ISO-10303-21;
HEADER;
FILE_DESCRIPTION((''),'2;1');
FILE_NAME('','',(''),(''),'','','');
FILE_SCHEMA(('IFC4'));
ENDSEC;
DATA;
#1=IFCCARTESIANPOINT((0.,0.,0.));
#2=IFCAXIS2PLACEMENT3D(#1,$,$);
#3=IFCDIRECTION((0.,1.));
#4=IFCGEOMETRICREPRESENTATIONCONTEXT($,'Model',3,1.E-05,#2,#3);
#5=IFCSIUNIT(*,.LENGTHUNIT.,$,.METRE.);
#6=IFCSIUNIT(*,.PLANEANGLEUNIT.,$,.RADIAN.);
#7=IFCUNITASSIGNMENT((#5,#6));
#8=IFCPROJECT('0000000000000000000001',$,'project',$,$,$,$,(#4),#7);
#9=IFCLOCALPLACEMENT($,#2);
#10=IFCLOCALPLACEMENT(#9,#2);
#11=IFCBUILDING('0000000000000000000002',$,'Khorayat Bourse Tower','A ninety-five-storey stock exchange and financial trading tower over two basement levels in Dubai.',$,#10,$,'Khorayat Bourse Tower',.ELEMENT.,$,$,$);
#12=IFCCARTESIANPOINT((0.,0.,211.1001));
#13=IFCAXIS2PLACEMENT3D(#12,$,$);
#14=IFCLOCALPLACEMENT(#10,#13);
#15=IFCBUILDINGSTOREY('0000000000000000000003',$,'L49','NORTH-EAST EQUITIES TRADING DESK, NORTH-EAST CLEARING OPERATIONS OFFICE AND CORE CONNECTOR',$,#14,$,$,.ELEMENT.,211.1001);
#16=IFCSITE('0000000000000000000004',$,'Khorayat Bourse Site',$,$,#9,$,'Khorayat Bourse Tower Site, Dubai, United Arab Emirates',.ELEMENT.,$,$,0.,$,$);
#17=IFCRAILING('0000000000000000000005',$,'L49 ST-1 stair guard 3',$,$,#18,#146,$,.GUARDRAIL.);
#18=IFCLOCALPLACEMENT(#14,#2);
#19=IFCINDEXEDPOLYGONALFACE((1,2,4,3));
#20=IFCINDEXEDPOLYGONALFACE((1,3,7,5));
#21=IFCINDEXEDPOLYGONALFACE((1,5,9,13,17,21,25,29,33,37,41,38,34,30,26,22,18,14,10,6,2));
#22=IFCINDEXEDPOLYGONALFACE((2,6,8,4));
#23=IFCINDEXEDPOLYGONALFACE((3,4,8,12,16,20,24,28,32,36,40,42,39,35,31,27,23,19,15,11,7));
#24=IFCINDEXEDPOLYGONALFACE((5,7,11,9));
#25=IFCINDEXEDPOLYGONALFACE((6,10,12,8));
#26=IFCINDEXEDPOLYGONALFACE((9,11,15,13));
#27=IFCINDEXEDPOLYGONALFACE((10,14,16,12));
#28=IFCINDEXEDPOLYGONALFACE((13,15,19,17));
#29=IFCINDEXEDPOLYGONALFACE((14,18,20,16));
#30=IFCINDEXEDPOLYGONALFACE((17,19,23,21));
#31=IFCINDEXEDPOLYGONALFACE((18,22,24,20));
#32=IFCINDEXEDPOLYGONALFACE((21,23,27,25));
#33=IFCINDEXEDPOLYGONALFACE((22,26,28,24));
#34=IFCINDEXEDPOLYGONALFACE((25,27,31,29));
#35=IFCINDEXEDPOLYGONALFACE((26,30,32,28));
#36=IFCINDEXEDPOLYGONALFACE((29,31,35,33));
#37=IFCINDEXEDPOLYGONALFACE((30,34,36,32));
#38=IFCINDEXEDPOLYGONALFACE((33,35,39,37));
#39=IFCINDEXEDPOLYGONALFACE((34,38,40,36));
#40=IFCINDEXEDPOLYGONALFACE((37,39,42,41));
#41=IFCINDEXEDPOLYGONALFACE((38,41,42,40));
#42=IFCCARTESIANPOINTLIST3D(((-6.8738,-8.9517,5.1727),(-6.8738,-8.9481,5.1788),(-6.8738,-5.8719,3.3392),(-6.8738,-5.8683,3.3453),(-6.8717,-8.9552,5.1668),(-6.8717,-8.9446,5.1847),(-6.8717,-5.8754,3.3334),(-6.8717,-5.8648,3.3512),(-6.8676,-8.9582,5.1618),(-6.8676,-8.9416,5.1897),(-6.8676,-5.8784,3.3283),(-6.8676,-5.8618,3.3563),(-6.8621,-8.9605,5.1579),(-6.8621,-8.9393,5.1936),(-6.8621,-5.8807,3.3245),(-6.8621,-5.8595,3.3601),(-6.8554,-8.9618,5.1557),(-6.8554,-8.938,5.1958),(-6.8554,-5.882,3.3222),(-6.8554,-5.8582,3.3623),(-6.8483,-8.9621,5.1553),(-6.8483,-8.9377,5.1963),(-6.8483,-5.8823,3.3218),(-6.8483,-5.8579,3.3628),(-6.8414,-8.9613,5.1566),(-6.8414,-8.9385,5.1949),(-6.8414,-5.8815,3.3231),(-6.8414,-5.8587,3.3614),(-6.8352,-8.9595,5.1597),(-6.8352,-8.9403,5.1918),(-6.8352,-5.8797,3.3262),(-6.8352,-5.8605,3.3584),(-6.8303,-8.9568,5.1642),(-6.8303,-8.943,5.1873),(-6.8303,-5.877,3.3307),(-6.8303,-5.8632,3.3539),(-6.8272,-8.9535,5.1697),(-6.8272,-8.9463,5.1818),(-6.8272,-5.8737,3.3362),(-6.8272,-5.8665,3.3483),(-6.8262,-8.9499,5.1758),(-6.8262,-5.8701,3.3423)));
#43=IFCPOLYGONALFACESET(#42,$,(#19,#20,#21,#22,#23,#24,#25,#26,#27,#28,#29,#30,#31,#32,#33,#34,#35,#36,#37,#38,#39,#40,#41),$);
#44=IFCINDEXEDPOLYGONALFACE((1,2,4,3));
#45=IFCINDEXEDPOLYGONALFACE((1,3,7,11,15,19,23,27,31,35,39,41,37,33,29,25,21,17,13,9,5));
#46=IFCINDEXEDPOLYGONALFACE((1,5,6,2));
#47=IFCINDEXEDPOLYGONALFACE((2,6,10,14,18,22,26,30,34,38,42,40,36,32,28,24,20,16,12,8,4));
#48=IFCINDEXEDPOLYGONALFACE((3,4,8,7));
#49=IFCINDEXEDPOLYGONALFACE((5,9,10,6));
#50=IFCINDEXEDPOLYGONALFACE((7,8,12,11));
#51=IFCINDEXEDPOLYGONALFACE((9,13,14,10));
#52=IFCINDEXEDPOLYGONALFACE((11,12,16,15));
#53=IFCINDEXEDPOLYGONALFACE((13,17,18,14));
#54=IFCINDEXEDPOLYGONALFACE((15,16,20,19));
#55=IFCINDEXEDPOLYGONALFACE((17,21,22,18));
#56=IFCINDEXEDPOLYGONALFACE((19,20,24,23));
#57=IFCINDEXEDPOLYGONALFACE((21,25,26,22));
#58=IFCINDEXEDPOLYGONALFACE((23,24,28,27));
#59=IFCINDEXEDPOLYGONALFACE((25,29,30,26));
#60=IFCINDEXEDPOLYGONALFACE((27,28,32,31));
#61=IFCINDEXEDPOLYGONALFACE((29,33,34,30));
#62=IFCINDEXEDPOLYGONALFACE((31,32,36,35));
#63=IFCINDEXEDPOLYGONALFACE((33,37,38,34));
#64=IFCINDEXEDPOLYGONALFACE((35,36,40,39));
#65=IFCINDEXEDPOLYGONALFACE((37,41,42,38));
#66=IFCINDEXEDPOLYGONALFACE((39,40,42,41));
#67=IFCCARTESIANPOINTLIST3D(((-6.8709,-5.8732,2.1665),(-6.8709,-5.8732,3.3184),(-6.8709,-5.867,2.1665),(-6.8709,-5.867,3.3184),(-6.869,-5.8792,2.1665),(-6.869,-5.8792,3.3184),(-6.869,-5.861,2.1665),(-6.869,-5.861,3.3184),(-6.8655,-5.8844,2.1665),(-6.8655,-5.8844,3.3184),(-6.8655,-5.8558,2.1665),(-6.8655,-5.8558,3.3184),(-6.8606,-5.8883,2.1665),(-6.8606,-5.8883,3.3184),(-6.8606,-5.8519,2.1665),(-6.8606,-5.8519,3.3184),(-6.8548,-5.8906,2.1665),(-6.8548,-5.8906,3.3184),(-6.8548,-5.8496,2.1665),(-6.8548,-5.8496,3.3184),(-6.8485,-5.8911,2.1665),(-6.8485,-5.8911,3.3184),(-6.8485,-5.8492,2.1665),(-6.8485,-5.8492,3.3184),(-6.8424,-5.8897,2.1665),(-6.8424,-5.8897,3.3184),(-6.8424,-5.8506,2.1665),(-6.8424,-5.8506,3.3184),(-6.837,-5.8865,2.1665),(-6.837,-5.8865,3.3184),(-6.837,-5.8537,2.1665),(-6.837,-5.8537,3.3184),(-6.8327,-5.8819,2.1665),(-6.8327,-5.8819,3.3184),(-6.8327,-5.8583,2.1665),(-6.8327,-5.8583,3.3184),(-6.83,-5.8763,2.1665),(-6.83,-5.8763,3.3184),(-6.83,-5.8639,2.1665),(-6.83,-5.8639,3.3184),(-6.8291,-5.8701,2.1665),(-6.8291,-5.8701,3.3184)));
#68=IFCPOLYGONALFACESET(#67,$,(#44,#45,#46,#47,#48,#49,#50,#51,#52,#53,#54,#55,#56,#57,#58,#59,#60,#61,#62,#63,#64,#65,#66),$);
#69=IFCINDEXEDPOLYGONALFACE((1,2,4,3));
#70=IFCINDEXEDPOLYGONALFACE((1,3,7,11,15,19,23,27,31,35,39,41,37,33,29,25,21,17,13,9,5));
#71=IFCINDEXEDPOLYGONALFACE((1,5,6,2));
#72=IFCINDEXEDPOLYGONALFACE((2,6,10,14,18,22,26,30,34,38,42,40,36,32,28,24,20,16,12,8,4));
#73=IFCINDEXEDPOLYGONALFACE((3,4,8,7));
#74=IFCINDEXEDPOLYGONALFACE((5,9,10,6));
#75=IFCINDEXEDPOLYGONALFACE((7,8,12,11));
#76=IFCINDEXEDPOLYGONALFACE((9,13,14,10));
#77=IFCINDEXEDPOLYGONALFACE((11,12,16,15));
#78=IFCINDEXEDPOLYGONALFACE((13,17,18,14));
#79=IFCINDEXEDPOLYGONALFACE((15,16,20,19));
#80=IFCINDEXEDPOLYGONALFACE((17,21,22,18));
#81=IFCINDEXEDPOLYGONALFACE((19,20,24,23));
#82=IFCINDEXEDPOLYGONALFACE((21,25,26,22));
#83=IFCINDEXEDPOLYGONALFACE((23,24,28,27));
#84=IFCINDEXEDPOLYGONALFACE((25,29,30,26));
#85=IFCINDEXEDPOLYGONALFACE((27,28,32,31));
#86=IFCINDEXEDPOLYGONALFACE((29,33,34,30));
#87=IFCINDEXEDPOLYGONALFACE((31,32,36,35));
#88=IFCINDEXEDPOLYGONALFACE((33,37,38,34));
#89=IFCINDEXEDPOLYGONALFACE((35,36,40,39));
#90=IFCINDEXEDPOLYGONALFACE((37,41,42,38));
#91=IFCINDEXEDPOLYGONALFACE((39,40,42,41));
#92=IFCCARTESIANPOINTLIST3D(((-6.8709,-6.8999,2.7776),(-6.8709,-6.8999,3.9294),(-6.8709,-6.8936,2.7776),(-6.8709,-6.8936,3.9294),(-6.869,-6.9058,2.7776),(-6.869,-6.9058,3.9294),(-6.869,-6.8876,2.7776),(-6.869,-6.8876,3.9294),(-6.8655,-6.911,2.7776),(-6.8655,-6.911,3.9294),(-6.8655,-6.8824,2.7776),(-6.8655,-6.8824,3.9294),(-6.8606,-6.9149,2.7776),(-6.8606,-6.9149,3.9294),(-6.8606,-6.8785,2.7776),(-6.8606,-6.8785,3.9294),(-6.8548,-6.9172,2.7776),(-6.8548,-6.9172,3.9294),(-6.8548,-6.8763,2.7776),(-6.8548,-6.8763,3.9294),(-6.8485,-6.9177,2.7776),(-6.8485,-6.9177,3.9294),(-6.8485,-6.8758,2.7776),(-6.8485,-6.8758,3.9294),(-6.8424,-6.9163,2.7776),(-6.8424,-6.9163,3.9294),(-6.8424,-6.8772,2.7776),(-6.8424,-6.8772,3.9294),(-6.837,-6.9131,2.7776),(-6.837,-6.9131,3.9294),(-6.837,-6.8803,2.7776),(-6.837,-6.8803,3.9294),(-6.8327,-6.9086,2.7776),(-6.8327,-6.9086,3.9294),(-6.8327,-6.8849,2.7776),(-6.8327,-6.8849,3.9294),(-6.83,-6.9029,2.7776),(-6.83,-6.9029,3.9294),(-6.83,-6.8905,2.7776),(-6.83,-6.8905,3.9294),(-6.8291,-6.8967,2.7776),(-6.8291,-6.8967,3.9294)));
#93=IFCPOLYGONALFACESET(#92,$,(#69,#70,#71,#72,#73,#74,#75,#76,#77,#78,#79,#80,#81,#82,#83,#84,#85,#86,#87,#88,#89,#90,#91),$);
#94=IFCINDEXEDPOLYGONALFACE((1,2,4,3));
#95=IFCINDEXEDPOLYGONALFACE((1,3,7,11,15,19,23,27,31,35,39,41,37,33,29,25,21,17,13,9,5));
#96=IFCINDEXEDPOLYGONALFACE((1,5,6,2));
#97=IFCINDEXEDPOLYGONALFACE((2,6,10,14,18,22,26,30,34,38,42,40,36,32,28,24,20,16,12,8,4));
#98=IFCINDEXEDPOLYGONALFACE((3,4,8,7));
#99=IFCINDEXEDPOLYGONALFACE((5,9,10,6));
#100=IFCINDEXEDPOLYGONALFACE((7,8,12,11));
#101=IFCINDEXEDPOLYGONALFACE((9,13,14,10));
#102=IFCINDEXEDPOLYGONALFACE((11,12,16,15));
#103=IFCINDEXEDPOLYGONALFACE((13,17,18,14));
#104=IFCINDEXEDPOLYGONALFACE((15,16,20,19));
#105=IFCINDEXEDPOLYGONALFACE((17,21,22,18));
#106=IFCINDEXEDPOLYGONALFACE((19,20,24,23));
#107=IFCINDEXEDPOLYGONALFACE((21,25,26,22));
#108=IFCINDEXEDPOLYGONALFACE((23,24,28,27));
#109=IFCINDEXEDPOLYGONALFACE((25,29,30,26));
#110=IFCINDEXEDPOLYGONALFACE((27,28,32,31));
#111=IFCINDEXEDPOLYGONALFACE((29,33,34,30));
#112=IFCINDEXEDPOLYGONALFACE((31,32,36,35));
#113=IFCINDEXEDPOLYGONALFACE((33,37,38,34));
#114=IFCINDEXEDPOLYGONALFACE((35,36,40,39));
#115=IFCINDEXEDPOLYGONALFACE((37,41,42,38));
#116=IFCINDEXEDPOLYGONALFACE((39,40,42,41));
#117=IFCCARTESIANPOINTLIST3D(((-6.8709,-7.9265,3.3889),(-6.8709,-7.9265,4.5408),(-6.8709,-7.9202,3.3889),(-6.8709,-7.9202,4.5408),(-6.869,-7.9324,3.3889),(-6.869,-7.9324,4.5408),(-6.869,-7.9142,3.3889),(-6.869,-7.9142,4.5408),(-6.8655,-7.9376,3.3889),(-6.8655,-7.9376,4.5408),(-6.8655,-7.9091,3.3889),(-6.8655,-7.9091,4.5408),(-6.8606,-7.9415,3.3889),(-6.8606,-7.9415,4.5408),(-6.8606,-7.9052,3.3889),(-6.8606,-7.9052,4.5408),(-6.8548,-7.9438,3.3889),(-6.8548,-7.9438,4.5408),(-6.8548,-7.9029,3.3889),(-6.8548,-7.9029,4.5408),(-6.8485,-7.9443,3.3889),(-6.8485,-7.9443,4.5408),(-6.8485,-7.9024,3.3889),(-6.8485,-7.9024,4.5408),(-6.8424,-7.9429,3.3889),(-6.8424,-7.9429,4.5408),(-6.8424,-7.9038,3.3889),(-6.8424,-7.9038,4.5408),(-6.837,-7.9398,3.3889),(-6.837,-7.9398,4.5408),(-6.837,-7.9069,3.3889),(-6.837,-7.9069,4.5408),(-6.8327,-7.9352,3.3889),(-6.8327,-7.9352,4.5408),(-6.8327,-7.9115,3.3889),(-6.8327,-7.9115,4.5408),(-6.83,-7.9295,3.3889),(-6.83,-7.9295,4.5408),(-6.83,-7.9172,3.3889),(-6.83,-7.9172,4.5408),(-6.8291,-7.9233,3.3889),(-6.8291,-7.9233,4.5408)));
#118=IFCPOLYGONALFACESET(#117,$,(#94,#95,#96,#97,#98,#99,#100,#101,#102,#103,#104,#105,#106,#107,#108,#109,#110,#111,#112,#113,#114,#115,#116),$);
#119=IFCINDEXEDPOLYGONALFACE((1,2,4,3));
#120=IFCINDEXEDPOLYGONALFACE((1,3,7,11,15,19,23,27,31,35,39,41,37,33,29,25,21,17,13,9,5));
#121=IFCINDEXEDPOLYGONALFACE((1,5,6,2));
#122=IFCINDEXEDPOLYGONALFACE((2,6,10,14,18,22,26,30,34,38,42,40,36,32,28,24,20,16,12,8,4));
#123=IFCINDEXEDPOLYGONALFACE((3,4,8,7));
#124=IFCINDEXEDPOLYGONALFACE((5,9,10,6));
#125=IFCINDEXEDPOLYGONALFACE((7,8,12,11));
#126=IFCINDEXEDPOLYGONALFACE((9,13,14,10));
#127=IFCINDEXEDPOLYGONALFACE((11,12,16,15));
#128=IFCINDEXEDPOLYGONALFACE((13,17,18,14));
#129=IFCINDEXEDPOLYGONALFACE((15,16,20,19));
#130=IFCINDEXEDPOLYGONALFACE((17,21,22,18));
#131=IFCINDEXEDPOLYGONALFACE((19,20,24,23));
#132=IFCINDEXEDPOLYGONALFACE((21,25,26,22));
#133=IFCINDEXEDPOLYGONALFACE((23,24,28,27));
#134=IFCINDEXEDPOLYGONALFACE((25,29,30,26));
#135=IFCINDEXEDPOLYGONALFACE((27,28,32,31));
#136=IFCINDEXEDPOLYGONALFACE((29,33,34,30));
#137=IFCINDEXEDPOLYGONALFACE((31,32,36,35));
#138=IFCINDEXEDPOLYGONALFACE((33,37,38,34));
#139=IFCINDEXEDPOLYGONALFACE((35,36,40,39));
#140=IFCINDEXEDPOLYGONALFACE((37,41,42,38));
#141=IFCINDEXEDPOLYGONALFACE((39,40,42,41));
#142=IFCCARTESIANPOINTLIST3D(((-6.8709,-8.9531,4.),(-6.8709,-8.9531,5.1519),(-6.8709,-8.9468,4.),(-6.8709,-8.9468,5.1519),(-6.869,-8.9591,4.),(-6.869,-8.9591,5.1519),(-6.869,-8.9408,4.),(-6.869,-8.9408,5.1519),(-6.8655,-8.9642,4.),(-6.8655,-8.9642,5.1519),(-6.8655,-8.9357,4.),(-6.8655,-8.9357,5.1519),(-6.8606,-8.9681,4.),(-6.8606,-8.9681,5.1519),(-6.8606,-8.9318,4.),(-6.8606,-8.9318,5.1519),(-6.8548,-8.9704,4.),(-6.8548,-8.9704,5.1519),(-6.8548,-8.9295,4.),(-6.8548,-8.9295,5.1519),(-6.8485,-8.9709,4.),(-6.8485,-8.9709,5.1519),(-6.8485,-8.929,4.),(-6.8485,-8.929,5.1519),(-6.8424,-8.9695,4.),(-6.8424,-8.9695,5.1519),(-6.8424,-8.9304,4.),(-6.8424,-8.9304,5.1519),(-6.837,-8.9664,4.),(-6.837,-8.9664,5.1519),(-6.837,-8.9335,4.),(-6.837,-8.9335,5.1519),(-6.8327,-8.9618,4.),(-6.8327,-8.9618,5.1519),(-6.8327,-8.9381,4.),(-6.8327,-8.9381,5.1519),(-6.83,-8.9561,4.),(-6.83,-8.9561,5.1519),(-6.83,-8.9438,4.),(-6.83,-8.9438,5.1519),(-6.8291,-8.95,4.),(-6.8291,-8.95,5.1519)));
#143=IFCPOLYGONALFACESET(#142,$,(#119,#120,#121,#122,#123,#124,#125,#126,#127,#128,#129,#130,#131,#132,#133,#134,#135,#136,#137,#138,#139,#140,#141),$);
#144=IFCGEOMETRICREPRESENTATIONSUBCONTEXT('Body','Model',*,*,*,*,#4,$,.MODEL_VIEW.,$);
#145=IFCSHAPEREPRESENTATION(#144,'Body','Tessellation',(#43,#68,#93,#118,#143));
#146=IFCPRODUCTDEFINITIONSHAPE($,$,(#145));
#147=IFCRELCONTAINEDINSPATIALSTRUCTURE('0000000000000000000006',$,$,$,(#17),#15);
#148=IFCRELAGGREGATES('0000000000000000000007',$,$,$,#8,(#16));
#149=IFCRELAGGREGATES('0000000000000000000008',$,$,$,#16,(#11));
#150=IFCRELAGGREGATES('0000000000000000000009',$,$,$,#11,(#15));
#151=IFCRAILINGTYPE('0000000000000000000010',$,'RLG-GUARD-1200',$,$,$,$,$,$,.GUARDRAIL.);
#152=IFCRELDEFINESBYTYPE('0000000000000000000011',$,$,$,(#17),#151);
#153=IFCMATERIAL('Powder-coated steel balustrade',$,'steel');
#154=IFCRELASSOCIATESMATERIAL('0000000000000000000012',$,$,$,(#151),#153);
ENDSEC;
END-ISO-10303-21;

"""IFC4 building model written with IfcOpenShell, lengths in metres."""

from ifc_helpers import new_model, si_unit, direction, frame, origin, origin_2d, place, context, subcontext, project, spatial, circle, extrude, source, transform, mapped, material, type_object, element, save


model = new_model("IFC4")

# Units and contexts
model_context = context("Model", 3, precision=1e-05, world=origin(), true_north=direction((0.0, 1.0)))
body_context = subcontext(model_context, "Body", "Model", "MODEL_VIEW")
ifc_project = project(units=[si_unit("LENGTHUNIT", "METRE"), si_unit("PLANEANGLEUNIT", "RADIAN")], contexts=[model_context])

# Site, building, storey
site_placement = place(None, origin())
site = spatial("IfcSite", under=ifc_project, at=site_placement, Name="Khorayat Bourse Site", LongName="Khorayat Bourse Tower Site, Dubai, United Arab Emirates", CompositionType="ELEMENT", RefElevation=0.0)
building_placement = place(site_placement, origin())
building = spatial("IfcBuilding", under=site, at=building_placement, Name="Khorayat Bourse Tower", Description="A ninety-five-storey stock exchange and financial trading tower over two basement levels in Dubai.", LongName="Khorayat Bourse Tower", CompositionType="ELEMENT")
storey_placement = place(building_placement, frame((0.0, 0.0, 211.1001)))
storey = spatial("IfcBuildingStorey", under=building, at=storey_placement, Name="L49", Description="NORTH-EAST EQUITIES TRADING DESK, NORTH-EAST CLEARING OPERATIONS OFFICE AND CORE CONNECTOR", CompositionType="ELEMENT", Elevation=211.1001)

# Railing
ifc_material_1 = material(Name="Powder-coated steel balustrade", Category="steel")
railing_type_1 = type_object("IfcRailingType", Name="RLG-GUARD-1200", PredefinedType="GUARDRAIL", material=ifc_material_1)
shared_shape_1 = source(origin(), body_context, "Body", "SweptSolid", [
    extrude(circle(Radius=0.0239, at=origin_2d()), frame((0.0, 0.0, 1.1758), z_axis=(0.0, -0.859261, 0.511538), x_axis=(1.0, 0.0, 0.0)), (0.0, 0.0, 1.0), 3.5842),
    extrude(circle(Radius=0.021, at=origin_2d()), origin(), (0.0, 0.0, 1.0), 1.1519),
    extrude(circle(Radius=0.021, at=origin_2d()), frame((0.0, -1.0266, 0.6111)), (0.0, 0.0, 1.0), 1.1519),
    extrude(circle(Radius=0.021, at=origin_2d()), frame((0.0, -2.0532, 1.2224)), (0.0, 0.0, 1.0), 1.1519),
    extrude(circle(Radius=0.021, at=origin_2d()), frame((0.0, -3.0798, 1.8335)), (0.0, 0.0, 1.0), 1.1519),
])
railing_1_placement = place(storey_placement, frame((-6.8501, -5.8701, 2.1665)))
element("IfcRailing", 1, at=railing_1_placement, inside=storey, type_object=railing_type_1, Name="L49 ST-1 stair guard 3", PredefinedType="GUARDRAIL", context=body_context, shape_type="MappedRepresentation", body=[
    mapped(shared_shape_1, transform((0.0, 0.0, 0.0), scale=1.0)),
])

save(model, "model.ifc")
